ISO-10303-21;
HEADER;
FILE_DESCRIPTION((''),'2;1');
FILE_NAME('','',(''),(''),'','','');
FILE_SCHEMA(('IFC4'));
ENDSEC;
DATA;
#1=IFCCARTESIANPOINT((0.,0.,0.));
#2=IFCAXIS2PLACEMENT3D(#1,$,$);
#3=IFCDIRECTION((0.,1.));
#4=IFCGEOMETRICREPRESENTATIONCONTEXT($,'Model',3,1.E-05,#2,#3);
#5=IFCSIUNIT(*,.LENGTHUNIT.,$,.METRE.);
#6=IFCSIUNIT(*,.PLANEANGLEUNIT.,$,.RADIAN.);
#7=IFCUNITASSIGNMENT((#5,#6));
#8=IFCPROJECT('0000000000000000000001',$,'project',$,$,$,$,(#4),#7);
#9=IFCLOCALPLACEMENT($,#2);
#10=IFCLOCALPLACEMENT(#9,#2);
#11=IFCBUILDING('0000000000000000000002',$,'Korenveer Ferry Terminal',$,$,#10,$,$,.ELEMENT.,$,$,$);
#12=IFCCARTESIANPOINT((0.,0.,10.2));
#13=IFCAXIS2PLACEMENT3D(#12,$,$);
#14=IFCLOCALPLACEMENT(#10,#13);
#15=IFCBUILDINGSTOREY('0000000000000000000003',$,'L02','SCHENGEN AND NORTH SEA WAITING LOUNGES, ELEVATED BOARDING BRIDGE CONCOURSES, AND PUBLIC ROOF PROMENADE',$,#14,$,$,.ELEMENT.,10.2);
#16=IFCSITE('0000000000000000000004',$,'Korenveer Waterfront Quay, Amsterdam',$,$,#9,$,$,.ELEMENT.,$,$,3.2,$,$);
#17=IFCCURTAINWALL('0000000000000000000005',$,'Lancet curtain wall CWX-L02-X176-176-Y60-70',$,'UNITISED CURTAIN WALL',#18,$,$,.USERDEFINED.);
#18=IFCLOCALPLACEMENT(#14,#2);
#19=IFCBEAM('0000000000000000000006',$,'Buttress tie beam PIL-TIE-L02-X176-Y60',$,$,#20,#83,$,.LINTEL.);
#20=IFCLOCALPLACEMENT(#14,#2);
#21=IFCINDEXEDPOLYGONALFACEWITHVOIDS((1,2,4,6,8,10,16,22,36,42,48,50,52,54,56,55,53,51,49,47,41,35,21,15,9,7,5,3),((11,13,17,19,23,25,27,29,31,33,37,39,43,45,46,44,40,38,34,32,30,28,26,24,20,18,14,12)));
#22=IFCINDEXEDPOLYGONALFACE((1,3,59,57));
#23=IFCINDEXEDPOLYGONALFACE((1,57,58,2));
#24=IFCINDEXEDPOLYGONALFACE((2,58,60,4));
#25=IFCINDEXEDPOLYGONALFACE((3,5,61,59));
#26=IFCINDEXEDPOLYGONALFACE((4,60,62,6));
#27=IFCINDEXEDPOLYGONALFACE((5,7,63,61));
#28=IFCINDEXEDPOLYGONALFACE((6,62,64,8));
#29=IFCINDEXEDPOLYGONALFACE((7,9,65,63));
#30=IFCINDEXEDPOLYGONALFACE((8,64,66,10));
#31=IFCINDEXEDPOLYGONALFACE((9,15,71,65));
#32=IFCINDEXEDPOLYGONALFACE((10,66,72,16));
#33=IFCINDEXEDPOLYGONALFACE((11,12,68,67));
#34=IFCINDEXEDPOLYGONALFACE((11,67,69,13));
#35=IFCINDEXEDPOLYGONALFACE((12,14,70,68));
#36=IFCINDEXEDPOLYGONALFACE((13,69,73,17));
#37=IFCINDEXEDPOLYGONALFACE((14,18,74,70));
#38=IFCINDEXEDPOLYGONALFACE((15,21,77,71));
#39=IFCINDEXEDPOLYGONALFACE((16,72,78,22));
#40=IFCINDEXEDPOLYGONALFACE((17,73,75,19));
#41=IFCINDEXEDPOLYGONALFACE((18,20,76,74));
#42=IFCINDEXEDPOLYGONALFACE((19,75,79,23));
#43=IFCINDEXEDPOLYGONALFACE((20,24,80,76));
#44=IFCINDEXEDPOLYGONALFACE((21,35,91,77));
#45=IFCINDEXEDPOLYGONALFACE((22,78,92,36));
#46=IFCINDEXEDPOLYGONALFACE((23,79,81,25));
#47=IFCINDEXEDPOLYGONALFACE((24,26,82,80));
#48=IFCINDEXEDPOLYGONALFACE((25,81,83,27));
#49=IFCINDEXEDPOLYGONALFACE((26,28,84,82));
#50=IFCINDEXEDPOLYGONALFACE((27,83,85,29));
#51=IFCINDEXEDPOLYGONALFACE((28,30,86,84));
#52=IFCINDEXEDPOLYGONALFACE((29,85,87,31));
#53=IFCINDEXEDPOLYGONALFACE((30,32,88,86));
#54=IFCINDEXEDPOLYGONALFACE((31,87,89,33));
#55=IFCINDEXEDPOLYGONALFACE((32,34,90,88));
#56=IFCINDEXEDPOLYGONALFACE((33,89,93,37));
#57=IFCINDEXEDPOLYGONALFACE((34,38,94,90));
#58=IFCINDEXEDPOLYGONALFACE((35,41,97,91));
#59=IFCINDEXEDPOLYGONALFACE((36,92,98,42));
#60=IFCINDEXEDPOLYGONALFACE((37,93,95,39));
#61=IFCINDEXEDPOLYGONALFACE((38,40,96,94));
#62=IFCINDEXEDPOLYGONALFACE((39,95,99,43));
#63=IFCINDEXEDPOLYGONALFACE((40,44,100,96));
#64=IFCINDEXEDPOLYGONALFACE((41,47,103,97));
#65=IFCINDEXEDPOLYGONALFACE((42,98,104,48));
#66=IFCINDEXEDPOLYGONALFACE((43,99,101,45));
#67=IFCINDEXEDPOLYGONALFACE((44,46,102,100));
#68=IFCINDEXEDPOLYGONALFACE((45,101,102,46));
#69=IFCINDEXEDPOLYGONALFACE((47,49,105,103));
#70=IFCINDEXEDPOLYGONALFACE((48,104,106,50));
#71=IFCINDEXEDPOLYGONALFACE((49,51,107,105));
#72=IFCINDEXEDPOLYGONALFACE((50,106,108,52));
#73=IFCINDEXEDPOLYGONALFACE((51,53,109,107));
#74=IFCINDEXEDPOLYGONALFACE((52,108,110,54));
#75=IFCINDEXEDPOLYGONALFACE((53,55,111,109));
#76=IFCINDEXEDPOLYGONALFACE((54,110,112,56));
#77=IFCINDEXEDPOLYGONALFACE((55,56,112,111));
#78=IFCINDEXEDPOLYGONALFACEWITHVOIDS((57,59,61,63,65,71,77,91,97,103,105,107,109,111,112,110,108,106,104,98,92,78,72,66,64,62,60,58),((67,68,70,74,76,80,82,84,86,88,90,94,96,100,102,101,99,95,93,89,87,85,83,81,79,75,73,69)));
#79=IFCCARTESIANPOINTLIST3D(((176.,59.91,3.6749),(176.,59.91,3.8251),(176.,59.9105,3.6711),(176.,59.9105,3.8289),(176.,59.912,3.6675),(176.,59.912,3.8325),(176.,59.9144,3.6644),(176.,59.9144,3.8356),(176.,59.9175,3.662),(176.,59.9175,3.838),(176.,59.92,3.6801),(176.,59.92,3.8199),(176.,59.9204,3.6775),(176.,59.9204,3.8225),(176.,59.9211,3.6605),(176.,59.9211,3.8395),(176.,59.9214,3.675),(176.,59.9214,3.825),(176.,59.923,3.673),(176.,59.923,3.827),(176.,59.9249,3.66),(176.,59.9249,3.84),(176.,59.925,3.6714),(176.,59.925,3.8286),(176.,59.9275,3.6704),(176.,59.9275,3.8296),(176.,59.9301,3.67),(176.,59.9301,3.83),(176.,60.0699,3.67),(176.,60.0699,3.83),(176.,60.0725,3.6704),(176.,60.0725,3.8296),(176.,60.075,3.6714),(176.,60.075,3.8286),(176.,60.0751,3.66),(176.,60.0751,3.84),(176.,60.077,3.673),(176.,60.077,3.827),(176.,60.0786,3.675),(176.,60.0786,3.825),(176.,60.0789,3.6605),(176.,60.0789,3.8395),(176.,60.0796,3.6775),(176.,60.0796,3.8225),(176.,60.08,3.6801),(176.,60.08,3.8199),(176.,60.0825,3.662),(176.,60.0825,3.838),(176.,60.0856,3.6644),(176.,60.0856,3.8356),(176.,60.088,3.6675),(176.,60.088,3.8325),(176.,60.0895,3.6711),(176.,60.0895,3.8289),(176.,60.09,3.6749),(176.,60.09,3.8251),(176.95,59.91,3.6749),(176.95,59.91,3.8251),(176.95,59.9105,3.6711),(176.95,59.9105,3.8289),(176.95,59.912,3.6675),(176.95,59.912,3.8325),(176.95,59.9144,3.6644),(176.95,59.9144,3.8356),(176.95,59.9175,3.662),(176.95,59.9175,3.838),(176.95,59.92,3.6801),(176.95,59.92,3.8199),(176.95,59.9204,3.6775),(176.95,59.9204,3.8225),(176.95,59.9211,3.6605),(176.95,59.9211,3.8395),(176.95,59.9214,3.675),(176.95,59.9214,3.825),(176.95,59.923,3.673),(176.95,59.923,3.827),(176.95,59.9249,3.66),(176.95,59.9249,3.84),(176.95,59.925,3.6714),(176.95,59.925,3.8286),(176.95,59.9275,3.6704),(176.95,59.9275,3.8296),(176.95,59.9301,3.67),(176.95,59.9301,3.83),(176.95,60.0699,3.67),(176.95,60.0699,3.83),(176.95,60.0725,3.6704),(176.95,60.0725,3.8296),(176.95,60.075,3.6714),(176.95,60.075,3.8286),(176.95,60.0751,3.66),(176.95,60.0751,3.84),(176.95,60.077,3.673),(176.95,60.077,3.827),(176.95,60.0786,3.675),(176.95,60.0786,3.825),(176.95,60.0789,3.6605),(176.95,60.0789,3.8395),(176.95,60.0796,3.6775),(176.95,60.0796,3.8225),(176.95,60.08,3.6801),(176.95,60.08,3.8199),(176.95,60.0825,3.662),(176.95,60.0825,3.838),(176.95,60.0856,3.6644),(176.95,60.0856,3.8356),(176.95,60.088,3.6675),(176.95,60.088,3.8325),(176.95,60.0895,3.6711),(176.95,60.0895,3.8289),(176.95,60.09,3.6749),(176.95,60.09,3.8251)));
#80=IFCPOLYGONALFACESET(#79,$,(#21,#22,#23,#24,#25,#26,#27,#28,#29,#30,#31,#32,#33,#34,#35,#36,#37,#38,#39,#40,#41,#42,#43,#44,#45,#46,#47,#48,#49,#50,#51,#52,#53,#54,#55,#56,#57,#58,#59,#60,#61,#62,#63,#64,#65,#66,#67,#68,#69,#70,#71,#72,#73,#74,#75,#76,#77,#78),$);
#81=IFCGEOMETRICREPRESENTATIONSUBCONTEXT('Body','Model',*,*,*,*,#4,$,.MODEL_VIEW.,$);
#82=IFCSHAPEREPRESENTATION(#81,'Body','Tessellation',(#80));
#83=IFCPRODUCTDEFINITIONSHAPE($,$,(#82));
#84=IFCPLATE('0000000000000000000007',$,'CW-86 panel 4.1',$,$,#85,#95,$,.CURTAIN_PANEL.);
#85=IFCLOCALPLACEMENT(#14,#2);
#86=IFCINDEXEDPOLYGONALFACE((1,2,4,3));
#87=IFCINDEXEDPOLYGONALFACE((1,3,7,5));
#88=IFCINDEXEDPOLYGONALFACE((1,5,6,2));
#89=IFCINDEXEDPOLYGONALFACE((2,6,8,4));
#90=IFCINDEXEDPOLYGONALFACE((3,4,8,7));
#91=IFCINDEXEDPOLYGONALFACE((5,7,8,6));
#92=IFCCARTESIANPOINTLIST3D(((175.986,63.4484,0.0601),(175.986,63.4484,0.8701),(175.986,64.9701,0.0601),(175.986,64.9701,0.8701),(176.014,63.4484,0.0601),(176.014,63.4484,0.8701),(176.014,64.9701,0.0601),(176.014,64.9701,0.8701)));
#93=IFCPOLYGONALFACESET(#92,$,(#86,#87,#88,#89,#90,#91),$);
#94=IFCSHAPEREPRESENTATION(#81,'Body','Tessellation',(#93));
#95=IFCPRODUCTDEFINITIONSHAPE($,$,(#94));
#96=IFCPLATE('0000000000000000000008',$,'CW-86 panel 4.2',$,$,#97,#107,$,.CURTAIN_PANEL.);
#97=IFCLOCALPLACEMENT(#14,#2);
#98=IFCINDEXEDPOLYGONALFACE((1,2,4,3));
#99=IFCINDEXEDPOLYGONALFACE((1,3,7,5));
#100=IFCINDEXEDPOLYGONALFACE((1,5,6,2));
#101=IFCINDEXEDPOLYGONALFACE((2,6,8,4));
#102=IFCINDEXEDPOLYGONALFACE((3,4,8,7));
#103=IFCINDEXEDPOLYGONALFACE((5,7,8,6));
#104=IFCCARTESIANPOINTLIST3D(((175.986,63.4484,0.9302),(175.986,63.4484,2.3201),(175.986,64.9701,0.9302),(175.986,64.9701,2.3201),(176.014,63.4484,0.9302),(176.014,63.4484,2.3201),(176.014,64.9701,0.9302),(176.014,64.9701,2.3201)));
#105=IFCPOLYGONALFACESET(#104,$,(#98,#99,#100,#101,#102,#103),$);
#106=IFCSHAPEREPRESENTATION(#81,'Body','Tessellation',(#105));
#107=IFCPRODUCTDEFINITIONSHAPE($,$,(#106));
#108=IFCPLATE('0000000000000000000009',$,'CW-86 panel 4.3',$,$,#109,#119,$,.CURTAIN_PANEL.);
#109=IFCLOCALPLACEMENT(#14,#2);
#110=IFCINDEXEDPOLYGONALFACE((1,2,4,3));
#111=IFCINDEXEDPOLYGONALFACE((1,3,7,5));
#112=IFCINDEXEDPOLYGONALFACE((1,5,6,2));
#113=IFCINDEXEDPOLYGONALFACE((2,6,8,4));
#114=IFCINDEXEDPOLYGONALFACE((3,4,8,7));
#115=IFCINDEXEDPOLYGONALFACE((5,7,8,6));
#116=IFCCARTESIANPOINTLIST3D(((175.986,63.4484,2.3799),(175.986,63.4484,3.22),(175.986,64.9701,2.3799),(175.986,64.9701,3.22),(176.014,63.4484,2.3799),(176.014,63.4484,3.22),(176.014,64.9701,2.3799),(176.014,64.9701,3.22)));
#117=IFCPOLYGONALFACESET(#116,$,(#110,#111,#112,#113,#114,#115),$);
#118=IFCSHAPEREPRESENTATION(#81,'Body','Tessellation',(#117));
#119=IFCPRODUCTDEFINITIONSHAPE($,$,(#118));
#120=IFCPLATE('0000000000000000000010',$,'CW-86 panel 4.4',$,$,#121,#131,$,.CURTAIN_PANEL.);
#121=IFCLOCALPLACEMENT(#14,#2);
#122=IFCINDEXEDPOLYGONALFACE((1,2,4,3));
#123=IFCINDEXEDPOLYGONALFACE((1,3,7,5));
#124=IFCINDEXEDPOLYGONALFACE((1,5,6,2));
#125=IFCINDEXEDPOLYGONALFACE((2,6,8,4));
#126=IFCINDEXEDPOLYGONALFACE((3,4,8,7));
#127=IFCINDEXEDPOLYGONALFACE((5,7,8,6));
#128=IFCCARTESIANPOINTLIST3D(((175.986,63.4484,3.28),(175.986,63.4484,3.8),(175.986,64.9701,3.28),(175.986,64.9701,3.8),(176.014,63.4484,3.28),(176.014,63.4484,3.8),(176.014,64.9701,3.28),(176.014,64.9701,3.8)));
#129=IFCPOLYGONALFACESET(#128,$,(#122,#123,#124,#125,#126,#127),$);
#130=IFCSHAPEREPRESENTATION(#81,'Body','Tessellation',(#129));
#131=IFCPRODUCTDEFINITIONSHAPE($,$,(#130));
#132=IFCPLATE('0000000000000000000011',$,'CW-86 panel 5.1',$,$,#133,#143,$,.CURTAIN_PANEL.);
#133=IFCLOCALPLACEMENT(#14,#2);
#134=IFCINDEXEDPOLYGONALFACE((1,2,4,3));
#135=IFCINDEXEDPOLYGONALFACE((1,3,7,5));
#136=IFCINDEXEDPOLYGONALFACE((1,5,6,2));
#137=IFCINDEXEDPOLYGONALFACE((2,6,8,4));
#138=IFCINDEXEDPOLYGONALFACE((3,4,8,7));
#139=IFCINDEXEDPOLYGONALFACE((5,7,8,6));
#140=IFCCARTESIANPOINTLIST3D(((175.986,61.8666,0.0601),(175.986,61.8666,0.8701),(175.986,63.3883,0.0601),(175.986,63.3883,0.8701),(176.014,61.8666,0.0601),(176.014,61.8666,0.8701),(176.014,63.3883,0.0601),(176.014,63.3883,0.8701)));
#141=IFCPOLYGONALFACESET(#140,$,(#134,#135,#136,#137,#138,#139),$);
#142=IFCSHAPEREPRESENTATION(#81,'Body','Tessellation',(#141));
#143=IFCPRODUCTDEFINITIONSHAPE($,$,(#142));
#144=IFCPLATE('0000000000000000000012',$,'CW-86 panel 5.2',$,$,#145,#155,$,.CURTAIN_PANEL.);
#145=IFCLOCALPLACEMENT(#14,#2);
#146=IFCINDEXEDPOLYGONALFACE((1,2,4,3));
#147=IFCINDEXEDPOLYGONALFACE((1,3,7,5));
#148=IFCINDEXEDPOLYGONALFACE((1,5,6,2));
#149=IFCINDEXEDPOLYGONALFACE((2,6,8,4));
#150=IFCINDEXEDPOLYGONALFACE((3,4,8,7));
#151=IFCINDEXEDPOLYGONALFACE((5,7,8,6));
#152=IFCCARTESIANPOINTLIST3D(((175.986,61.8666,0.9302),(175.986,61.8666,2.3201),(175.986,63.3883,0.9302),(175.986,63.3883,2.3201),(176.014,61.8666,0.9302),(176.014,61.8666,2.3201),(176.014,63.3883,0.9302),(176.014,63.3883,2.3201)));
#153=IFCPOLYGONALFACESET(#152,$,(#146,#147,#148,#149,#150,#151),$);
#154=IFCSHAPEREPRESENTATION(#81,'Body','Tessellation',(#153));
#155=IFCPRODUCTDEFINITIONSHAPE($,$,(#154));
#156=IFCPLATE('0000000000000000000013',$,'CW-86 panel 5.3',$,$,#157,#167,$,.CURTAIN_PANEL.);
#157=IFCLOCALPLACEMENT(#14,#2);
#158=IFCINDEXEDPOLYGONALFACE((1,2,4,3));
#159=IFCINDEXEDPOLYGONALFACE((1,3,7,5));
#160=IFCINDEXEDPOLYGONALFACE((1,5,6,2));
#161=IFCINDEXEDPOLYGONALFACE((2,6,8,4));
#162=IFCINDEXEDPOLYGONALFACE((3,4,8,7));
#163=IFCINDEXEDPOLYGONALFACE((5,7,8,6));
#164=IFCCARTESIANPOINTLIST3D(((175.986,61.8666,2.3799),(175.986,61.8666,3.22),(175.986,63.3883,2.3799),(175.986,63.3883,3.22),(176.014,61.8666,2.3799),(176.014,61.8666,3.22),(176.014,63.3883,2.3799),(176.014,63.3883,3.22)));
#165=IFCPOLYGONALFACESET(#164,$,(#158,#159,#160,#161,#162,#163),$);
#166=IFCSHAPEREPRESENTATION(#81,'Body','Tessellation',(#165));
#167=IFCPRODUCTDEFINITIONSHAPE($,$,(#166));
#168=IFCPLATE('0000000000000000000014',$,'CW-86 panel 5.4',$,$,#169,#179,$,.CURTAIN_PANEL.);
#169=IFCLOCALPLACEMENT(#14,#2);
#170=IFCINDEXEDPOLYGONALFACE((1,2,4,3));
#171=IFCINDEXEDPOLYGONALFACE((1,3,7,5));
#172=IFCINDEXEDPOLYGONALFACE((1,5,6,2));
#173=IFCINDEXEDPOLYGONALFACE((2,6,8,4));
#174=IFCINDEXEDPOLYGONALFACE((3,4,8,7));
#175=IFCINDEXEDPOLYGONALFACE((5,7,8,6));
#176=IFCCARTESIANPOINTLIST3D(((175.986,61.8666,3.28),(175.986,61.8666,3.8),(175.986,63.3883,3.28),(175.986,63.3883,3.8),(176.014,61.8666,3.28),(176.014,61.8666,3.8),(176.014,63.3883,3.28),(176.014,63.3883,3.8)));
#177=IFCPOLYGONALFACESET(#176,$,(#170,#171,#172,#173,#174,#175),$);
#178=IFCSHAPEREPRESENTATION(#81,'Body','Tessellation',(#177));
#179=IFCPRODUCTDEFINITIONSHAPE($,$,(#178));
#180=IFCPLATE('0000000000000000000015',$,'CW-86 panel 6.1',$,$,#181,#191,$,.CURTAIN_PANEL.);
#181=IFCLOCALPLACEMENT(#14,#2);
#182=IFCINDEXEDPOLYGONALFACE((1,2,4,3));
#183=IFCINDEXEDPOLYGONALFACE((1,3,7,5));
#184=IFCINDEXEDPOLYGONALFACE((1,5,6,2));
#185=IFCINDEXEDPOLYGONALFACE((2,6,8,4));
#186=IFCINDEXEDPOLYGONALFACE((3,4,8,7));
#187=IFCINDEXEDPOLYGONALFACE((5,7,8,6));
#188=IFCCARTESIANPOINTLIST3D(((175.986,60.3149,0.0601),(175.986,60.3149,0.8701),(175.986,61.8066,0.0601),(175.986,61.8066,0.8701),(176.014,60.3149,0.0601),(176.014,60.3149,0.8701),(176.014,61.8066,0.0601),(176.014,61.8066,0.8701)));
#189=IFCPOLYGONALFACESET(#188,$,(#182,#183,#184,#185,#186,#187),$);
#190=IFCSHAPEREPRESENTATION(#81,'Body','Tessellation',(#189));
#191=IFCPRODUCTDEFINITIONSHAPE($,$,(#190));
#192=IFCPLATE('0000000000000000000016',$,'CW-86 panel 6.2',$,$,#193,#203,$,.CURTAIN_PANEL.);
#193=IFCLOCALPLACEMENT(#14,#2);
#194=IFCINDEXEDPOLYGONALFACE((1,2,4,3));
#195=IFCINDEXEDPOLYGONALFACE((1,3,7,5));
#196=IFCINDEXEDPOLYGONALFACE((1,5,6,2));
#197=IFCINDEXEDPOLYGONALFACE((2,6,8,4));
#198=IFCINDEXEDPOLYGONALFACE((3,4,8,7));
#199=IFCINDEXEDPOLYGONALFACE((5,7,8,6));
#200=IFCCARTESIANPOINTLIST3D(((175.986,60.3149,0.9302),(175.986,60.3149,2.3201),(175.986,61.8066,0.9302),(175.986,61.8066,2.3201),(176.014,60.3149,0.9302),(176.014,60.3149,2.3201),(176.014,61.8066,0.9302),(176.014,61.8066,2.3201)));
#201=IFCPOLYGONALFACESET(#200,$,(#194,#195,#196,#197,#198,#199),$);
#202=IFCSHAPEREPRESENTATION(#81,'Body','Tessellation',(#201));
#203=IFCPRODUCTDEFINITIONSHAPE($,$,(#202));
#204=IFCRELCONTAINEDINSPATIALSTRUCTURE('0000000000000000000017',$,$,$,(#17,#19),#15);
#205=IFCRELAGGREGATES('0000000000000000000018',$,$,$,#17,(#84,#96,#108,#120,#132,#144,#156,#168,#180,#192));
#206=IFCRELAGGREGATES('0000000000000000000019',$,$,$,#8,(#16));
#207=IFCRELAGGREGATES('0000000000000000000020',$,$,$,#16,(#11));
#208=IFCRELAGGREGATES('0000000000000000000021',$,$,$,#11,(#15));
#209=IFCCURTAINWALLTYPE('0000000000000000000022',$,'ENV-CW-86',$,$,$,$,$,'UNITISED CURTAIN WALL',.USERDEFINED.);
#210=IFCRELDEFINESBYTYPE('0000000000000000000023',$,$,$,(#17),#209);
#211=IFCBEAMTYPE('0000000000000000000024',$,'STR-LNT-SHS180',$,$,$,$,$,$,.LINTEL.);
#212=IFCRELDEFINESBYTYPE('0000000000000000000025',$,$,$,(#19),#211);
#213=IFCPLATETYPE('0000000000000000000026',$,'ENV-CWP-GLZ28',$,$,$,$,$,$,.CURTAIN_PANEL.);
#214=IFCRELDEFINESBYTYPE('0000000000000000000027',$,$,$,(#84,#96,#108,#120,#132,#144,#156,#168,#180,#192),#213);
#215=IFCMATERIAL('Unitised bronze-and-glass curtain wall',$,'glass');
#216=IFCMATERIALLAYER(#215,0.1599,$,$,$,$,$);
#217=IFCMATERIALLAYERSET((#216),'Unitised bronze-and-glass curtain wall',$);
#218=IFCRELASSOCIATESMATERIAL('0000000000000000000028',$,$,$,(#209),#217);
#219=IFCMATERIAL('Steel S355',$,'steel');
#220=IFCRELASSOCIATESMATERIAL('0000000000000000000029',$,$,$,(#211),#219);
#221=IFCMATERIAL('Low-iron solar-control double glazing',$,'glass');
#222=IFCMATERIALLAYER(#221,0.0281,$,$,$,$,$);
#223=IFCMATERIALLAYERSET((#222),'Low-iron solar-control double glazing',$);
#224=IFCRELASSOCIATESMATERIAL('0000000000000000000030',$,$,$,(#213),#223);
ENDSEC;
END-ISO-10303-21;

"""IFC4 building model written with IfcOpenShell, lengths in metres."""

from ifc_helpers import new_model, si_unit, direction, frame, origin, origin_2d, place, context, subcontext, project, spatial, rectangle, hollow_rectangle, extrude, material, layer, layer_set, material_profile, profile_set, type_object, element, aggregate, save


model = new_model("IFC4")

# Units and contexts
model_context = context("Model", 3, precision=1e-05, world=origin(), true_north=direction((0.0, 1.0)))
body_context = subcontext(model_context, "Body", "Model", "MODEL_VIEW")
ifc_project = project(units=[si_unit("LENGTHUNIT", "METRE"), si_unit("PLANEANGLEUNIT", "RADIAN")], contexts=[model_context])

# Site, building, storey
site_placement = place(None, origin())
site = spatial("IfcSite", under=ifc_project, at=site_placement, Name="Korenveer Waterfront Quay, Amsterdam", CompositionType="ELEMENT", RefElevation=3.2)
building_placement = place(site_placement, origin())
building = spatial("IfcBuilding", under=site, at=building_placement, Name="Korenveer Ferry Terminal", CompositionType="ELEMENT")
storey_placement = place(building_placement, frame((0.0, 0.0, 10.2)))
storey = spatial("IfcBuildingStorey", under=building, at=storey_placement, Name="L02", Description="SCHENGEN AND NORTH SEA WAITING LOUNGES, ELEVATED BOARDING BRIDGE CONCOURSES, AND PUBLIC ROOF PROMENADE", CompositionType="ELEMENT", Elevation=10.2)

# Shared definitions
ifc_material_1 = material(Name="Steel S355", Category="steel")

# Curtain wall
ifc_material_2 = material(Name="Unitised bronze-and-glass curtain wall", Category="glass")
ifc_layer_1 = layer(ifc_material_2, 0.1599)
ifc_layer_set_1 = layer_set([ifc_layer_1], Name="Unitised bronze-and-glass curtain wall")
curtain_wall_type = type_object("IfcCurtainWallType", Name="ENV-CW-86", ElementType="UNITISED CURTAIN WALL", PredefinedType="USERDEFINED", material=ifc_layer_set_1)
curtain_wall_placement = place(storey_placement, frame((176.0, 69.7451, 0.0)))
curtain_wall = element("IfcCurtainWall", 1, at=curtain_wall_placement, inside=storey, type_object=curtain_wall_type, Name="Lancet curtain wall CWX-L02-X176-176-Y60-70", ObjectType="UNITISED CURTAIN WALL", PredefinedType="USERDEFINED")

# Beam
ifc_material_profile_1 = material_profile(ifc_material_1, hollow_rectangle(XDim=0.1799, YDim=0.1799, WallThickness=0.01, InnerFilletRadius=0.01, OuterFilletRadius=0.0149, at=origin_2d()), Name="SHS 180x180x10")
ifc_profile_set_1 = profile_set([ifc_material_profile_1], Name="Steel S355")
beam_type = type_object("IfcBeamType", Name="STR-LNT-SHS180", PredefinedType="LINTEL", material=ifc_profile_set_1)
beam_placement = place(storey_placement, frame((176.0, 60.0, 3.75), z_axis=(1.0, 0.0, 0.0), x_axis=(0.0, 1.0, 0.0)))
element("IfcBeam", 2, at=beam_placement, inside=storey, type_object=beam_type, Name="Buttress tie beam PIL-TIE-L02-X176-Y60", PredefinedType="LINTEL", context=body_context, shape_type="SweptSolid", body=[
    extrude(hollow_rectangle(XDim=0.1799, YDim=0.1799, WallThickness=0.01, InnerFilletRadius=0.01, OuterFilletRadius=0.0149, at=origin_2d()), origin(), (0.0, 0.0, 1.0), 0.95),
])

# Plates
ifc_material_3 = material(Name="Low-iron solar-control double glazing", Category="glass")
ifc_layer_2 = layer(ifc_material_3, 0.0281)
ifc_layer_set_2 = layer_set([ifc_layer_2], Name="Low-iron solar-control double glazing")
plate_type_1 = type_object("IfcPlateType", Name="ENV-CWP-GLZ28", PredefinedType="CURTAIN_PANEL", material=ifc_layer_set_2)
plate_1_placement = place(storey_placement, frame((176.0, 64.2092, 0.0601), z_axis=(0.0, 0.0, 1.0), x_axis=(0.0, -1.0, 0.0)))
plate_1 = element("IfcPlate", 3, at=plate_1_placement, type_object=plate_type_1, Name="CW-86 panel 4.1", PredefinedType="CURTAIN_PANEL", context=body_context, shape_type="SweptSolid", body=[
    extrude(rectangle(XDim=1.5217, YDim=0.0281, at=origin_2d()), origin(), (0.0, 0.0, 1.0), 0.8101),
])
plate_2_placement = place(storey_placement, frame((176.0, 64.2092, 0.9302), z_axis=(0.0, 0.0, 1.0), x_axis=(0.0, -1.0, 0.0)))
plate_2 = element("IfcPlate", 4, at=plate_2_placement, type_object=plate_type_1, Name="CW-86 panel 4.2", PredefinedType="CURTAIN_PANEL", context=body_context, shape_type="SweptSolid", body=[
    extrude(rectangle(XDim=1.5217, YDim=0.0281, at=origin_2d()), origin(), (0.0, 0.0, 1.0), 1.3899),
])
plate_3_placement = place(storey_placement, frame((176.0, 64.2092, 2.3799), z_axis=(0.0, 0.0, 1.0), x_axis=(0.0, -1.0, 0.0)))
plate_3 = element("IfcPlate", 5, at=plate_3_placement, type_object=plate_type_1, Name="CW-86 panel 4.3", PredefinedType="CURTAIN_PANEL", context=body_context, shape_type="SweptSolid", body=[
    extrude(rectangle(XDim=1.5217, YDim=0.0281, at=origin_2d()), origin(), (0.0, 0.0, 1.0), 0.8401),
])
plate_4_placement = place(storey_placement, frame((176.0, 64.2092, 3.28), z_axis=(0.0, 0.0, 1.0), x_axis=(0.0, -1.0, 0.0)))
plate_4 = element("IfcPlate", 6, at=plate_4_placement, type_object=plate_type_1, Name="CW-86 panel 4.4", PredefinedType="CURTAIN_PANEL", context=body_context, shape_type="SweptSolid", body=[
    extrude(rectangle(XDim=1.5217, YDim=0.0281, at=origin_2d()), origin(), (0.0, 0.0, 1.0), 0.52),
])
plate_5_placement = place(storey_placement, frame((176.0, 62.6274, 0.0601), z_axis=(0.0, 0.0, 1.0), x_axis=(0.0, -1.0, 0.0)))
plate_5 = element("IfcPlate", 7, at=plate_5_placement, type_object=plate_type_1, Name="CW-86 panel 5.1", PredefinedType="CURTAIN_PANEL", context=body_context, shape_type="SweptSolid", body=[
    extrude(rectangle(XDim=1.5217, YDim=0.0281, at=origin_2d()), origin(), (0.0, 0.0, 1.0), 0.8101),
])
plate_6_placement = place(storey_placement, frame((176.0, 62.6274, 0.9302), z_axis=(0.0, 0.0, 1.0), x_axis=(0.0, -1.0, 0.0)))
plate_6 = element("IfcPlate", 8, at=plate_6_placement, type_object=plate_type_1, Name="CW-86 panel 5.2", PredefinedType="CURTAIN_PANEL", context=body_context, shape_type="SweptSolid", body=[
    extrude(rectangle(XDim=1.5217, YDim=0.0281, at=origin_2d()), origin(), (0.0, 0.0, 1.0), 1.3899),
])
plate_7_placement = place(storey_placement, frame((176.0, 62.6274, 2.3799), z_axis=(0.0, 0.0, 1.0), x_axis=(0.0, -1.0, 0.0)))
plate_7 = element("IfcPlate", 9, at=plate_7_placement, type_object=plate_type_1, Name="CW-86 panel 5.3", PredefinedType="CURTAIN_PANEL", context=body_context, shape_type="SweptSolid", body=[
    extrude(rectangle(XDim=1.5217, YDim=0.0281, at=origin_2d()), origin(), (0.0, 0.0, 1.0), 0.8401),
])
plate_8_placement = place(storey_placement, frame((176.0, 62.6274, 3.28), z_axis=(0.0, 0.0, 1.0), x_axis=(0.0, -1.0, 0.0)))
plate_8 = element("IfcPlate", 10, at=plate_8_placement, type_object=plate_type_1, Name="CW-86 panel 5.4", PredefinedType="CURTAIN_PANEL", context=body_context, shape_type="SweptSolid", body=[
    extrude(rectangle(XDim=1.5217, YDim=0.0281, at=origin_2d()), origin(), (0.0, 0.0, 1.0), 0.52),
])
plate_9_placement = place(storey_placement, frame((176.0, 61.0608, 0.0601), z_axis=(0.0, 0.0, 1.0), x_axis=(0.0, -1.0, 0.0)))
plate_9 = element("IfcPlate", 11, at=plate_9_placement, type_object=plate_type_1, Name="CW-86 panel 6.1", PredefinedType="CURTAIN_PANEL", context=body_context, shape_type="SweptSolid", body=[
    extrude(rectangle(XDim=1.4917, YDim=0.0281, at=origin_2d()), origin(), (0.0, 0.0, 1.0), 0.8101),
])
plate_10_placement = place(storey_placement, frame((176.0, 61.0608, 0.9302), z_axis=(0.0, 0.0, 1.0), x_axis=(0.0, -1.0, 0.0)))
plate_10 = element("IfcPlate", 12, at=plate_10_placement, type_object=plate_type_1, Name="CW-86 panel 6.2", PredefinedType="CURTAIN_PANEL", context=body_context, shape_type="SweptSolid", body=[
    extrude(rectangle(XDim=1.4917, YDim=0.0281, at=origin_2d()), origin(), (0.0, 0.0, 1.0), 1.3899),
])
aggregate(curtain_wall, [plate_1, plate_2, plate_3, plate_4, plate_5, plate_6, plate_7, plate_8, plate_9, plate_10])

save(model, "model.ifc")
